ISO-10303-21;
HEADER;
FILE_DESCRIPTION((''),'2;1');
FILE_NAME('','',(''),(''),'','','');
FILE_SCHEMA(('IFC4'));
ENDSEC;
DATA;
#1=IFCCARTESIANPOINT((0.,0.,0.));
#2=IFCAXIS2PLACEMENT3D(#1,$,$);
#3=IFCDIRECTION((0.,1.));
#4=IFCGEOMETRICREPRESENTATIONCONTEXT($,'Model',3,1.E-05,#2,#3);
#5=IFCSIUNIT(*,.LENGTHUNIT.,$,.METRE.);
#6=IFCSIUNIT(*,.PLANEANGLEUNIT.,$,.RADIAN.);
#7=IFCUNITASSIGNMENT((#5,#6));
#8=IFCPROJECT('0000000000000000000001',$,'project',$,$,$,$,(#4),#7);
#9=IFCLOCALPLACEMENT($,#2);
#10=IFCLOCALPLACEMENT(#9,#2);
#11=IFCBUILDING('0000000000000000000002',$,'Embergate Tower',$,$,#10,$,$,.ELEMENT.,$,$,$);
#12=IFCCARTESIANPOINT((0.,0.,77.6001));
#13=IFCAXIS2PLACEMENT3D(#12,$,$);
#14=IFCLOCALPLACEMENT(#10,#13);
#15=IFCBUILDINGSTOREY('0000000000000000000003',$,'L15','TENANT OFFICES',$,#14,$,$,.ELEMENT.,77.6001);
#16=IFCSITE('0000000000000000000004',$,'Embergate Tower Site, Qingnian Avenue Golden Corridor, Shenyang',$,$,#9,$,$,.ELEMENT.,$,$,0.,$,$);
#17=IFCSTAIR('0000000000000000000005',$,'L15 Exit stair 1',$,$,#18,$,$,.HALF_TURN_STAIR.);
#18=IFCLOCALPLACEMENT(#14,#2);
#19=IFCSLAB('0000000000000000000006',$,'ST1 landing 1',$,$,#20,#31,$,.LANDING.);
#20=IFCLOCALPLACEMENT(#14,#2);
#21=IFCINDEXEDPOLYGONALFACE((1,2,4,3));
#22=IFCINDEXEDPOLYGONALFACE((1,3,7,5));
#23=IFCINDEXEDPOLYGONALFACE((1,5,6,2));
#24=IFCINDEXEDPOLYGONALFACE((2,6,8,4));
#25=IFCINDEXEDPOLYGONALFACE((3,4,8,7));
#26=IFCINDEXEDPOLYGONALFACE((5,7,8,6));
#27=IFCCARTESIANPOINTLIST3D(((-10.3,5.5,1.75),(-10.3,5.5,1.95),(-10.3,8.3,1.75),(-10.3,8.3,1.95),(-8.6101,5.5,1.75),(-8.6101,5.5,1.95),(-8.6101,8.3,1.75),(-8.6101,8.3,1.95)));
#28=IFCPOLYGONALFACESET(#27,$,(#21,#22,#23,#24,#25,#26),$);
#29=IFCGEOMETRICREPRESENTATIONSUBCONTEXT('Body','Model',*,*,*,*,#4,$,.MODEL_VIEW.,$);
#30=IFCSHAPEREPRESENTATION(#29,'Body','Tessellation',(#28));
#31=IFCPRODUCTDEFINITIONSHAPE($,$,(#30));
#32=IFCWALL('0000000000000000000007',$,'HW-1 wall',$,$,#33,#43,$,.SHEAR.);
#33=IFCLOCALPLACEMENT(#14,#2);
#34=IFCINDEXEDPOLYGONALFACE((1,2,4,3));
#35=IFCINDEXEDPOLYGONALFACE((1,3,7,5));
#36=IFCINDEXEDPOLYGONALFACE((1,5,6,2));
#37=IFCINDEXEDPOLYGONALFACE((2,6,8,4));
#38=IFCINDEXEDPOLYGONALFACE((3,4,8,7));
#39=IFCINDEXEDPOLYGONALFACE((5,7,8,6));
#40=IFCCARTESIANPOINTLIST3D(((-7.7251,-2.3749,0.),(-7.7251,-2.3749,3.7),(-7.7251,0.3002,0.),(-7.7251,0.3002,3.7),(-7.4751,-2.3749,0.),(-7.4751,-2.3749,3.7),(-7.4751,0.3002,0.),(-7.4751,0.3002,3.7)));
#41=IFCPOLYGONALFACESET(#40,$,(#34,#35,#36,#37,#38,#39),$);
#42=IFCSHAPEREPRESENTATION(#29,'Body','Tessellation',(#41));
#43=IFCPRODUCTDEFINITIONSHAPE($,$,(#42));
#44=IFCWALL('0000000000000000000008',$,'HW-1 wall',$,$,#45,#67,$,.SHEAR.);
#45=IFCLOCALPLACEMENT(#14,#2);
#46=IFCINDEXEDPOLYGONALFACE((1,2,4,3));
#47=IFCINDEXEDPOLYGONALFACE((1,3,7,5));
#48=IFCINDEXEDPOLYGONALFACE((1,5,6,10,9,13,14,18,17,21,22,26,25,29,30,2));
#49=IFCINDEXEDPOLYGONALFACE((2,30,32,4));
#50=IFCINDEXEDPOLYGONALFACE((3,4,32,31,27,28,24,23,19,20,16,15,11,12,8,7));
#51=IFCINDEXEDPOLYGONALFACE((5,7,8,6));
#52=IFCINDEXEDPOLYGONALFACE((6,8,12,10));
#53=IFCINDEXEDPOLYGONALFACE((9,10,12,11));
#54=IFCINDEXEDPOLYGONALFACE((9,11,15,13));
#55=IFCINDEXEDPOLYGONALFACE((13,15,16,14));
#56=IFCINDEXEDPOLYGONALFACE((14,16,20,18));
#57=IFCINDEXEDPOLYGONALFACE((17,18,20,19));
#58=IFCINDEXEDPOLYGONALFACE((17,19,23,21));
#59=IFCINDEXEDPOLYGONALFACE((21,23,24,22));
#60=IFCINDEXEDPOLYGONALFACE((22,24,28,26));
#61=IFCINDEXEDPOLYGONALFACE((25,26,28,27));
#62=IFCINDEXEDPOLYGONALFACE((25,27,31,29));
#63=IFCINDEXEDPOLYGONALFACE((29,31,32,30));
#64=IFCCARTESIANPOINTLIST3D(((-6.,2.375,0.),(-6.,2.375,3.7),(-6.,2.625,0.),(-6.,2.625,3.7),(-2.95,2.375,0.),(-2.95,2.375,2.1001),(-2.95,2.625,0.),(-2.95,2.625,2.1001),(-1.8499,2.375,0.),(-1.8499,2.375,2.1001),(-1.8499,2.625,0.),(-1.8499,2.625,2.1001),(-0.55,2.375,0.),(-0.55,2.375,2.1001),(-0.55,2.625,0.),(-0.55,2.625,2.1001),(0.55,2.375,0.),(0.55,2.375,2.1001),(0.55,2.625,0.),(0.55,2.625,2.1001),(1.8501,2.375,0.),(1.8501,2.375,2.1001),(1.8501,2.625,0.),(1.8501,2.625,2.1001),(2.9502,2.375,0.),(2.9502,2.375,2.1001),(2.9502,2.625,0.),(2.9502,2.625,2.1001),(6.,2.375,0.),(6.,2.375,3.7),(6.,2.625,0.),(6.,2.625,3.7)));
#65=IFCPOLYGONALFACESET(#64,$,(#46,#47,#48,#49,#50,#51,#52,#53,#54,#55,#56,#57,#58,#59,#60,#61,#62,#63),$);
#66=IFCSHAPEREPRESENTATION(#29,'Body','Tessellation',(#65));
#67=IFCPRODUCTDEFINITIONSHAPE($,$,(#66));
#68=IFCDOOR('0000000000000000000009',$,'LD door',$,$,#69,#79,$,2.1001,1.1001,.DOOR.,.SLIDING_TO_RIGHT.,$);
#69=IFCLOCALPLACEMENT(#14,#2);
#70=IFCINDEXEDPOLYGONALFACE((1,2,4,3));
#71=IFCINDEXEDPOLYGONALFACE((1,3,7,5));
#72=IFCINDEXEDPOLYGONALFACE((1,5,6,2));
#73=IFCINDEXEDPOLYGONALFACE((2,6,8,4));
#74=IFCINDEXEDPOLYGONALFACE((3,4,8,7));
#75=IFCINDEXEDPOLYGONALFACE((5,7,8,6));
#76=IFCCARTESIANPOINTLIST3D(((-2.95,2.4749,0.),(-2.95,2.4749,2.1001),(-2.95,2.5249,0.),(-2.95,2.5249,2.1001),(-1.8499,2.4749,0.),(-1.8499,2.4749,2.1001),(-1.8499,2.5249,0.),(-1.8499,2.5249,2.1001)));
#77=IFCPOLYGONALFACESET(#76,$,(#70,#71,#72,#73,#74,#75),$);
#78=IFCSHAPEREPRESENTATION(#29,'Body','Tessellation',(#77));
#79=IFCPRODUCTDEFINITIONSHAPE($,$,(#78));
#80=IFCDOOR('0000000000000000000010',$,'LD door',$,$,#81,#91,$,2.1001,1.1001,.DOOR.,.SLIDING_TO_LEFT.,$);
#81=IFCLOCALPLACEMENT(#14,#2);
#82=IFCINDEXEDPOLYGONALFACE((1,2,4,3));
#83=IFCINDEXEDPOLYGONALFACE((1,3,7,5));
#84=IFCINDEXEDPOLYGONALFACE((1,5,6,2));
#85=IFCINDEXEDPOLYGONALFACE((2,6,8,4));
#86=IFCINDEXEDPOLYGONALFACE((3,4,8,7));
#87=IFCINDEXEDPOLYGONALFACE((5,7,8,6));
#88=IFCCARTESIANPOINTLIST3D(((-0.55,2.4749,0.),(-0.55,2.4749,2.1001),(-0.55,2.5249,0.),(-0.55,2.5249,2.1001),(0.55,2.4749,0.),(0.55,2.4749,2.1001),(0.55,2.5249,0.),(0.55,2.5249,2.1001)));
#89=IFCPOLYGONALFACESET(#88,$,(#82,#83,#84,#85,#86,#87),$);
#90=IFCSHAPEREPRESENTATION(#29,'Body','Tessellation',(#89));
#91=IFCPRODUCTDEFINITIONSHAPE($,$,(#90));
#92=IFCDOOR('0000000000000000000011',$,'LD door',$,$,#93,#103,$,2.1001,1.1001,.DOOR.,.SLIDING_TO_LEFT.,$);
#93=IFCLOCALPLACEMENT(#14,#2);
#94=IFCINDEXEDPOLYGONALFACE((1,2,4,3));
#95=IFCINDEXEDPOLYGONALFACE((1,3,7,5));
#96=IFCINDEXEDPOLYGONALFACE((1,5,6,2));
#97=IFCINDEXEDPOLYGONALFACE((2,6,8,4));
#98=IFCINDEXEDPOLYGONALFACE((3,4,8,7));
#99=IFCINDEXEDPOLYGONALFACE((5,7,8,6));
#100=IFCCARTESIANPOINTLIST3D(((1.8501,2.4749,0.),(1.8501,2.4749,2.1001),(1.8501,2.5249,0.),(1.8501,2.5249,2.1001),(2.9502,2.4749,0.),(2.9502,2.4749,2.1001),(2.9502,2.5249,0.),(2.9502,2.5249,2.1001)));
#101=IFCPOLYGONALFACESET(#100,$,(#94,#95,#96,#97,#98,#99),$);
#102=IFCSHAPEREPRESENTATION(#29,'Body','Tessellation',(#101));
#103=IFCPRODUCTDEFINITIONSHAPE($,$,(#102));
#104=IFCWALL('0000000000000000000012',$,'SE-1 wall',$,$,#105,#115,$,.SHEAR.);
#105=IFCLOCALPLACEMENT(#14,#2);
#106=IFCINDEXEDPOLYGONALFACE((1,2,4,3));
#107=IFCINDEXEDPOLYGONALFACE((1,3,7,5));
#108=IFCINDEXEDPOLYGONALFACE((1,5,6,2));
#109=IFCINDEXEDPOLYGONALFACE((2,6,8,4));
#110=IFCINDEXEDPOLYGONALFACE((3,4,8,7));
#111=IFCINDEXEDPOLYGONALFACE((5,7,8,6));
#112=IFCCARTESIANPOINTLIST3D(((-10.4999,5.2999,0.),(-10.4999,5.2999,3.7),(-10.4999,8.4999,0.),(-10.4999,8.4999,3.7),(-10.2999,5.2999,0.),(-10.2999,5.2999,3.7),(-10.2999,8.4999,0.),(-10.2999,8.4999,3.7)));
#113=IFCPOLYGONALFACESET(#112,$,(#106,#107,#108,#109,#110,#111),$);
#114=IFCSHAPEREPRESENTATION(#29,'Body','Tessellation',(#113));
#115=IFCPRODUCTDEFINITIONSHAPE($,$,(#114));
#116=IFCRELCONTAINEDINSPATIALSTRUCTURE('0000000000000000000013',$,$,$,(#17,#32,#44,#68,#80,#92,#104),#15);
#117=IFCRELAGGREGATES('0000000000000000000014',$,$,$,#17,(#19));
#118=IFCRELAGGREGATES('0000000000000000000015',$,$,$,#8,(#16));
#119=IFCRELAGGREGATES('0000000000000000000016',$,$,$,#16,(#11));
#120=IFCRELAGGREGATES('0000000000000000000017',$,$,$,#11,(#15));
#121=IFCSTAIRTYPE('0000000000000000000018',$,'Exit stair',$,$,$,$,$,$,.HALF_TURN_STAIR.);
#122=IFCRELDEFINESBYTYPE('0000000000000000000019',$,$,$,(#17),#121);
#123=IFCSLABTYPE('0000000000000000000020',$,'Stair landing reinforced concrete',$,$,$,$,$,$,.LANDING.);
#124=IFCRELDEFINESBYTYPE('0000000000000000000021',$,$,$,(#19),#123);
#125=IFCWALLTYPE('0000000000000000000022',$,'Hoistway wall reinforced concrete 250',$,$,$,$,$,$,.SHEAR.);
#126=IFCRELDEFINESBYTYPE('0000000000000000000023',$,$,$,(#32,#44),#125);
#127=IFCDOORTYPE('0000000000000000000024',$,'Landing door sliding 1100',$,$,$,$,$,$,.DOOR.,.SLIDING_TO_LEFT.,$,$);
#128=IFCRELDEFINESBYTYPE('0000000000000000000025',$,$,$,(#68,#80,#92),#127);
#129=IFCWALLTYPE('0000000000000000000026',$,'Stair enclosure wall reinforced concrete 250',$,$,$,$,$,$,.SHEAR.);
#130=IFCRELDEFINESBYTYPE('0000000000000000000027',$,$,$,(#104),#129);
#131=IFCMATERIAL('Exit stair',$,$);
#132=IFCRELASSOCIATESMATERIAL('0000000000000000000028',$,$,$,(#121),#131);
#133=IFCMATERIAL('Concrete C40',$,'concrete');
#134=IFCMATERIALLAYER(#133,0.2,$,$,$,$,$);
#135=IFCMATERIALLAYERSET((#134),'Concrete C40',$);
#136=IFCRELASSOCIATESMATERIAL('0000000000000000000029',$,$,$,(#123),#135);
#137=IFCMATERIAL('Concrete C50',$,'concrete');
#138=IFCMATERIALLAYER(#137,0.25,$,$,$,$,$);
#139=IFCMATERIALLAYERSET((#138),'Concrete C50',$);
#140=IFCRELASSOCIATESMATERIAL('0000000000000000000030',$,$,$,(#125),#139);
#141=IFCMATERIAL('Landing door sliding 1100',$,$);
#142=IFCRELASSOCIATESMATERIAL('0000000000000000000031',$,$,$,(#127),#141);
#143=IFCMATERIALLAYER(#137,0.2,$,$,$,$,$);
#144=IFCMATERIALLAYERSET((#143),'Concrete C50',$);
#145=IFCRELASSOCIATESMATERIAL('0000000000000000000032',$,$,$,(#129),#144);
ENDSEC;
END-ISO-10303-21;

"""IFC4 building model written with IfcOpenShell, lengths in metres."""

from ifc_helpers import new_model, si_unit, direction, frame, frame_2d, origin, place, context, subcontext, project, spatial, polyline, rectangle, outline, extrude, source, transform, mapped, material, layer, layer_set, type_object, element, fill, aggregate, save


model = new_model("IFC4")

# Units and contexts
model_context = context("Model", 3, precision=1e-05, world=origin(), true_north=direction((0.0, 1.0)))
body_context = subcontext(model_context, "Body", "Model", "MODEL_VIEW")
ifc_project = project(units=[si_unit("LENGTHUNIT", "METRE"), si_unit("PLANEANGLEUNIT", "RADIAN")], contexts=[model_context])

# Site, building, storey
site_placement = place(None, origin())
site = spatial("IfcSite", under=ifc_project, at=site_placement, Name="Embergate Tower Site, Qingnian Avenue Golden Corridor, Shenyang", CompositionType="ELEMENT", RefElevation=0.0)
building_placement = place(site_placement, origin())
building = spatial("IfcBuilding", under=site, at=building_placement, Name="Embergate Tower", CompositionType="ELEMENT")
storey_placement = place(building_placement, frame((0.0, 0.0, 77.6001)))
storey = spatial("IfcBuildingStorey", under=building, at=storey_placement, Name="L15", Description="TENANT OFFICES", CompositionType="ELEMENT", Elevation=77.6001)

# Stair, slab
ifc_material_1 = material(Name="Exit stair")
stair_type = type_object("IfcStairType", Name="Exit stair", PredefinedType="HALF_TURN_STAIR", material=ifc_material_1)
stair_placement = place(storey_placement, origin())
stair = element("IfcStair", 1, at=stair_placement, inside=storey, type_object=stair_type, Name="L15 Exit stair 1", PredefinedType="HALF_TURN_STAIR")
ifc_material_2 = material(Name="Concrete C40", Category="concrete")
ifc_layer_1 = layer(ifc_material_2, 0.2)
ifc_layer_set_1 = layer_set([ifc_layer_1], Name="Concrete C40")
slab_type = type_object("IfcSlabType", Name="Stair landing reinforced concrete", PredefinedType="LANDING", material=ifc_layer_set_1)
shared_shape_1 = source(origin(), body_context, "Body", "SweptSolid", [
    extrude(outline(polyline([(0.0, 0.0), (1.6899, 0.0), (1.6899, 2.8), (0.0, 2.8), (0.0, 0.0)])), origin(), (0.0, 0.0, 1.0), 0.2),
])
slab_placement = place(storey_placement, frame((-10.3, 5.5, 1.75)))
slab = element("IfcSlab", 2, at=slab_placement, type_object=slab_type, Name="ST1 landing 1", PredefinedType="LANDING", context=body_context, shape_type="MappedRepresentation", body=[
    mapped(shared_shape_1, transform((0.0, 0.0, 0.0))),
])

# Wall
ifc_material_3 = material(Name="Concrete C50", Category="concrete")
ifc_layer_2 = layer(ifc_material_3, 0.25)
ifc_layer_set_2 = layer_set([ifc_layer_2], Name="Concrete C50")
wall_type_1 = type_object("IfcWallType", Name="Hoistway wall reinforced concrete 250", PredefinedType="SHEAR", material=ifc_layer_set_2)
shared_shape_2 = source(origin(), body_context, "Body", "SweptSolid", [
    extrude(rectangle(XDim=2.675, YDim=0.25, at=frame_2d((1.3374, 0.0))), origin(), (0.0, 0.0, 1.0), 3.7),
])
wall_1_placement = place(storey_placement, frame((-7.6001, 0.3, 0.0), z_axis=(0.0, 0.0, 1.0), x_axis=(0.0, -1.0, 0.0)))
element("IfcWall", 3, at=wall_1_placement, inside=storey, type_object=wall_type_1, Name="HW-1 wall", PredefinedType="SHEAR", context=body_context, shape_type="MappedRepresentation", body=[
    mapped(shared_shape_2, transform((0.0, 0.0, 0.0))),
])

# Wall, openings, doors
shared_shape_3 = source(origin(), body_context, "Body", "SweptSolid", [
    extrude(rectangle(XDim=12.0, YDim=0.25, at=frame_2d((6.0, 0.0))), origin(), (0.0, 0.0, 1.0), 3.7),
])
wall_2_placement = place(storey_placement, frame((-6.0, 2.5, 0.0), z_axis=(0.0, 0.0, 1.0), x_axis=(1.0, 0.0, 0.0)))
wall_2 = element("IfcWall", 4, at=wall_2_placement, inside=storey, type_object=wall_type_1, Name="HW-1 wall", PredefinedType="SHEAR", context=body_context, shape_type="MappedRepresentation", body=[
    mapped(shared_shape_3, transform((0.0, 0.0, 0.0))),
])
shared_shape_4 = source(origin(), body_context, "Body", "SweptSolid", [
    extrude(rectangle(XDim=1.1001, YDim=2.1001, at=frame_2d((0.55, 1.05))), frame((0.0, 0.135, 0.0), z_axis=(0.0, -1.0, 0.0), x_axis=(1.0, 0.0, 0.0)), (0.0, 0.0, 1.0), 0.27),
])
opening_1_placement = place(wall_2_placement, frame((3.05, 0.0, 0.0)))
opening_1 = element("IfcOpeningElement", 5, at=opening_1_placement, cuts=wall_2, PredefinedType="OPENING", context=body_context, shape_type="MappedRepresentation", body=[
    mapped(shared_shape_4, transform((0.0, 0.0, 0.0))),
])
opening_2_placement = place(wall_2_placement, frame((5.45, 0.0, 0.0)))
opening_2 = element("IfcOpeningElement", 6, at=opening_2_placement, cuts=wall_2, PredefinedType="OPENING", context=body_context, shape_type="MappedRepresentation", body=[
    mapped(shared_shape_4, transform((0.0, 0.0, 0.0))),
])
opening_3_placement = place(wall_2_placement, frame((7.8501, 0.0, 0.0)))
opening_3 = element("IfcOpeningElement", 7, at=opening_3_placement, cuts=wall_2, PredefinedType="OPENING", context=body_context, shape_type="MappedRepresentation", body=[
    mapped(shared_shape_4, transform((0.0, 0.0, 0.0))),
])
ifc_material_4 = material(Name="Landing door sliding 1100")
door_type_1 = type_object("IfcDoorType", Name="Landing door sliding 1100", OperationType="SLIDING_TO_LEFT", PredefinedType="DOOR", material=ifc_material_4)
shared_shape_5 = source(origin(), body_context, "Body", "SweptSolid", [
    extrude(rectangle(XDim=1.1001, YDim=2.1001, at=frame_2d((0.55, 1.05))), frame((0.0, 0.0249, 0.0), z_axis=(0.0, -1.0, 0.0), x_axis=(1.0, 0.0, 0.0)), (0.0, 0.0, 1.0), 0.05),
])
door_1_placement = place(opening_1_placement, origin())
door_1 = element("IfcDoor", 8, at=door_1_placement, inside=storey, type_object=door_type_1, Name="LD door", OperationType="SLIDING_TO_RIGHT", OverallHeight=2.1001, OverallWidth=1.1001, PredefinedType="DOOR", context=body_context, shape_type="MappedRepresentation", body=[
    mapped(shared_shape_5, transform((0.0, 0.0, 0.0))),
])
fill(opening_1, door_1)
door_2_placement = place(opening_2_placement, origin())
door_2 = element("IfcDoor", 9, at=door_2_placement, inside=storey, type_object=door_type_1, Name="LD door", OperationType="SLIDING_TO_LEFT", OverallHeight=2.1001, OverallWidth=1.1001, PredefinedType="DOOR", context=body_context, shape_type="MappedRepresentation", body=[
    mapped(shared_shape_5, transform((0.0, 0.0, 0.0))),
])
fill(opening_2, door_2)
door_3_placement = place(opening_3_placement, origin())
door_3 = element("IfcDoor", 10, at=door_3_placement, inside=storey, type_object=door_type_1, Name="LD door", OperationType="SLIDING_TO_LEFT", OverallHeight=2.1001, OverallWidth=1.1001, PredefinedType="DOOR", context=body_context, shape_type="MappedRepresentation", body=[
    mapped(shared_shape_5, transform((0.0, 0.0, 0.0))),
])
fill(opening_3, door_3)

# Wall
ifc_layer_3 = layer(ifc_material_3, 0.2)
ifc_layer_set_3 = layer_set([ifc_layer_3], Name="Concrete C50")
wall_type_2 = type_object("IfcWallType", Name="Stair enclosure wall reinforced concrete 250", PredefinedType="SHEAR", material=ifc_layer_set_3)
shared_shape_6 = source(origin(), body_context, "Body", "SweptSolid", [
    extrude(rectangle(XDim=3.2, YDim=0.2, at=frame_2d((1.6001, 0.0))), origin(), (0.0, 0.0, 1.0), 3.7),
])
wall_3_placement = place(storey_placement, frame((-10.3999, 8.5, 0.0), z_axis=(0.0, 0.0, 1.0), x_axis=(0.0, -1.0, 0.0)))
element("IfcWall", 11, at=wall_3_placement, inside=storey, type_object=wall_type_2, Name="SE-1 wall", PredefinedType="SHEAR", context=body_context, shape_type="MappedRepresentation", body=[
    mapped(shared_shape_6, transform((0.0, 0.0, 0.0))),
])

aggregate(stair, [slab])

save(model, "model.ifc")
